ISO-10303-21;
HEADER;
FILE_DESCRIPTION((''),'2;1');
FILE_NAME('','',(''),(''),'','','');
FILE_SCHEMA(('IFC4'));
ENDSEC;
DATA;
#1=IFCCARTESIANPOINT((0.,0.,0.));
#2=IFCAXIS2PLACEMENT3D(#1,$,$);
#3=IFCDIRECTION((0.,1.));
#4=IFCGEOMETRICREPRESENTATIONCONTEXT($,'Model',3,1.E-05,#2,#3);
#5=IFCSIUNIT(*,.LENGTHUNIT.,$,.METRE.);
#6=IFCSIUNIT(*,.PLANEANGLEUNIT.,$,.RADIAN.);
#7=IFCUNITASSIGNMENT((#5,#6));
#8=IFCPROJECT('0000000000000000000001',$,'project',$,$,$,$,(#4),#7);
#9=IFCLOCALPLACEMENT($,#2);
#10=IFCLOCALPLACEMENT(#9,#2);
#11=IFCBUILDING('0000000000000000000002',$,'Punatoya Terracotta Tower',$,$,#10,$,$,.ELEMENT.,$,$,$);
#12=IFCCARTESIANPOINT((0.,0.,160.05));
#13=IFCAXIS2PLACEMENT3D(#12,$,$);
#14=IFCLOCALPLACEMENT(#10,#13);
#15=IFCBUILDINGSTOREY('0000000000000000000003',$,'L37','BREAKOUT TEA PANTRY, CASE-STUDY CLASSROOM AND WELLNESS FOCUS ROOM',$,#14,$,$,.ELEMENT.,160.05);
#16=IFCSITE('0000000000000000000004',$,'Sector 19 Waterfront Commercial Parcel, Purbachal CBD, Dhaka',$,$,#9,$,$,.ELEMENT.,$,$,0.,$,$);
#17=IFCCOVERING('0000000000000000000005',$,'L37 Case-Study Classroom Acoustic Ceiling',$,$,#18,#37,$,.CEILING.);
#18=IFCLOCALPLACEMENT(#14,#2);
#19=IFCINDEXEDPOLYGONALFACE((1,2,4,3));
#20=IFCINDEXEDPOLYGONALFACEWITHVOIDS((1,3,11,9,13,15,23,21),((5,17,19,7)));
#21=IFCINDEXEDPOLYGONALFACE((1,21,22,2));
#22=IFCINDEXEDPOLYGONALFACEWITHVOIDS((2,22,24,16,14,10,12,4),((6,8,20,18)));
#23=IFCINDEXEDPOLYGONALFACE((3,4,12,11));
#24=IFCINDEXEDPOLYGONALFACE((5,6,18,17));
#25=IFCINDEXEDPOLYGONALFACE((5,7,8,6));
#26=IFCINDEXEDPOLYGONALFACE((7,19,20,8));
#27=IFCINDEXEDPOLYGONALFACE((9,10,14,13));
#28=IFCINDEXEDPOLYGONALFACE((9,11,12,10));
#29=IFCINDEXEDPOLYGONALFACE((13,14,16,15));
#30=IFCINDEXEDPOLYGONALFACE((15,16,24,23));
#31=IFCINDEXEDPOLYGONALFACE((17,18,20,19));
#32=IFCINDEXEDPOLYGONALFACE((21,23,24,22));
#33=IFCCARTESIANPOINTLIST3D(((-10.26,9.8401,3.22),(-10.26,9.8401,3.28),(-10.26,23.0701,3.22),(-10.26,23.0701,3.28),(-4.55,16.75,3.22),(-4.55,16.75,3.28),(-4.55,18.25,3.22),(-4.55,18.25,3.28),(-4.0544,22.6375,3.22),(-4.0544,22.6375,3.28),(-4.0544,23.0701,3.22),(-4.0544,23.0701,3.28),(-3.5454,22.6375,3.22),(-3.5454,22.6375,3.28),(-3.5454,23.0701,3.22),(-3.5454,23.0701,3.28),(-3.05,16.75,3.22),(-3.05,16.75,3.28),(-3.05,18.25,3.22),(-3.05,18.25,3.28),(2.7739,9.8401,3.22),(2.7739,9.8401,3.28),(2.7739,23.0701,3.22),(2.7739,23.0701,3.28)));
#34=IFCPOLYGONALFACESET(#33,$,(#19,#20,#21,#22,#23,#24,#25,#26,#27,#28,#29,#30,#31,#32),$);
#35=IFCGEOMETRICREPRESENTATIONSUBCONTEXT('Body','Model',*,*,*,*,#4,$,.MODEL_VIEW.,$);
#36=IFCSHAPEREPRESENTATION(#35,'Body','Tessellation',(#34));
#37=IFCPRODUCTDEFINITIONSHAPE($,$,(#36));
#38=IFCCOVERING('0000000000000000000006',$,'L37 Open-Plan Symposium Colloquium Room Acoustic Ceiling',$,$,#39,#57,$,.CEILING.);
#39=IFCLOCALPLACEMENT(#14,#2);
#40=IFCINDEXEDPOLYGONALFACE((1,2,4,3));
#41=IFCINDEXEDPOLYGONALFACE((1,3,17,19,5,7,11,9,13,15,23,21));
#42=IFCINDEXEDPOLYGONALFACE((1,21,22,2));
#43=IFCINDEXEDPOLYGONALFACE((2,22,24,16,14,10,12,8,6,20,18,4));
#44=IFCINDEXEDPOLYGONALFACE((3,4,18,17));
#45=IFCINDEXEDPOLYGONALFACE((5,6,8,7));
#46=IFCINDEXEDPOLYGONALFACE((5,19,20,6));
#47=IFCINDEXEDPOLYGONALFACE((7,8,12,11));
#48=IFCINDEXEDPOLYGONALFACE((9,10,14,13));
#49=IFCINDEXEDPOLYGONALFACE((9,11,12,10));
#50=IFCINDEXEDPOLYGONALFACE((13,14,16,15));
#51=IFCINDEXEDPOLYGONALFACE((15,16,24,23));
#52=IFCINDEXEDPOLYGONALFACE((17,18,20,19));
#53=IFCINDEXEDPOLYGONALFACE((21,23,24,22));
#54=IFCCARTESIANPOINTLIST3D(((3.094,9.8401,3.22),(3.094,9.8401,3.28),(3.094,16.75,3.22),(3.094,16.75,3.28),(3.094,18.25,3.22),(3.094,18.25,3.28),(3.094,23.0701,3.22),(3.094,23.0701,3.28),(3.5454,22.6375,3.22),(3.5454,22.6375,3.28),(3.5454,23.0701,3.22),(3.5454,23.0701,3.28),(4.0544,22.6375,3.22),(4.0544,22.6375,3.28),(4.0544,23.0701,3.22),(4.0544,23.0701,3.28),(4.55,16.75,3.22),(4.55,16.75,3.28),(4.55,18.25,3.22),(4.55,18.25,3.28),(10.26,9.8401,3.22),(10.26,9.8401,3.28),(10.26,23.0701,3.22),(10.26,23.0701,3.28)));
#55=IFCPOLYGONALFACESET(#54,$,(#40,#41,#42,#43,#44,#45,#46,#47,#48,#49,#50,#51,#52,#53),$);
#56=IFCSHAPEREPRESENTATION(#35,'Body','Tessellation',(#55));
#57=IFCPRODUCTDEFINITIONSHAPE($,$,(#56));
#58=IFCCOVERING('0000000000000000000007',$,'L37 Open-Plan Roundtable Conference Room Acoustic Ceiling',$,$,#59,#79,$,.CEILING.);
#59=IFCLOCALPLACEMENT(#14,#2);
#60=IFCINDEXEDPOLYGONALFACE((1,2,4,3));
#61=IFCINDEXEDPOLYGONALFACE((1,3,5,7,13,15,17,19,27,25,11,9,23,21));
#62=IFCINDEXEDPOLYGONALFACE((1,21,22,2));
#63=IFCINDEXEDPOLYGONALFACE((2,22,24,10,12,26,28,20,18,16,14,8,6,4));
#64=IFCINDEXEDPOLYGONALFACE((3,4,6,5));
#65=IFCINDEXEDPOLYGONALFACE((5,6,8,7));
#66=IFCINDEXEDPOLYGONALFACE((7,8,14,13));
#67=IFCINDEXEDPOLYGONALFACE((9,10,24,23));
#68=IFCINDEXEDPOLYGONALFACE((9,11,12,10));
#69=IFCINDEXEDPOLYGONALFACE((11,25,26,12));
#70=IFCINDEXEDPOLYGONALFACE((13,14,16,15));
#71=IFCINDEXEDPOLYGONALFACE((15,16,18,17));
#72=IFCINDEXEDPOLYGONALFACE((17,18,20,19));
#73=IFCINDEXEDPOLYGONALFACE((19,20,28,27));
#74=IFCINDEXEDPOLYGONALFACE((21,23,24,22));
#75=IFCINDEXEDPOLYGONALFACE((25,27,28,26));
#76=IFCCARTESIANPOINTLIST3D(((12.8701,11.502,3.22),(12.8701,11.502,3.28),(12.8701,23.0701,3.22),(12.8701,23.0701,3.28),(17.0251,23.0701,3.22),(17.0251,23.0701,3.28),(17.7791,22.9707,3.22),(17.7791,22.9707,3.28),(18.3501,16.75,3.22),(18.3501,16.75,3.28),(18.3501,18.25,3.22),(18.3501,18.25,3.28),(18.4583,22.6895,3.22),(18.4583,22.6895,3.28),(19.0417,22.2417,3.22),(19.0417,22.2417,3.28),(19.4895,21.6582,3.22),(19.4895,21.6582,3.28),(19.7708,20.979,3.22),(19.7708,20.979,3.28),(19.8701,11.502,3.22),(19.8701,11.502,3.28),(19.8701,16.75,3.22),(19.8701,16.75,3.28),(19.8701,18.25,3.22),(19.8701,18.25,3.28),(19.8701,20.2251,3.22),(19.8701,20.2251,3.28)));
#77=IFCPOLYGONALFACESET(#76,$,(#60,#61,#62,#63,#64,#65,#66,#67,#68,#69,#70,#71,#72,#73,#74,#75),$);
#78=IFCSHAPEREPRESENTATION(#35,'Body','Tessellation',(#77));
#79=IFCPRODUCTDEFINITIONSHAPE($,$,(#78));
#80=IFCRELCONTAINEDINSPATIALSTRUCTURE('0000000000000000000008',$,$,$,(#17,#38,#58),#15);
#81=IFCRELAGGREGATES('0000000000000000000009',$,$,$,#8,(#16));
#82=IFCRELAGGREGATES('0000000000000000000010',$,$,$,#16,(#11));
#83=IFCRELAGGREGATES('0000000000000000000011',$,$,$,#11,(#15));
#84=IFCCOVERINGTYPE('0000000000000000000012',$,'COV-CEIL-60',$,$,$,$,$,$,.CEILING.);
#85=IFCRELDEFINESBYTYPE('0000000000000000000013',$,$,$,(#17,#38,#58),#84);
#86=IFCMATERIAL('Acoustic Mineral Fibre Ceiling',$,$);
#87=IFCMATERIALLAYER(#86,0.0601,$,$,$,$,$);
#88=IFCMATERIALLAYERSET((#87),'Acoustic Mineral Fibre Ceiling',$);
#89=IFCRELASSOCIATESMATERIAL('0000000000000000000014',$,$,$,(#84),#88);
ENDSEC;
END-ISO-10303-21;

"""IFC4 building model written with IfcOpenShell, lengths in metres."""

from ifc_helpers import new_model, si_unit, direction, frame, origin, place, context, subcontext, project, spatial, polyline, outline, extrude, material, layer, layer_set, type_object, element, save


model = new_model("IFC4")

# Units and contexts
model_context = context("Model", 3, precision=1e-05, world=origin(), true_north=direction((0.0, 1.0)))
body_context = subcontext(model_context, "Body", "Model", "MODEL_VIEW")
ifc_project = project(units=[si_unit("LENGTHUNIT", "METRE"), si_unit("PLANEANGLEUNIT", "RADIAN")], contexts=[model_context])

# Site, building, storey
site_placement = place(None, origin())
site = spatial("IfcSite", under=ifc_project, at=site_placement, Name="Sector 19 Waterfront Commercial Parcel, Purbachal CBD, Dhaka", CompositionType="ELEMENT", RefElevation=0.0)
building_placement = place(site_placement, origin())
building = spatial("IfcBuilding", under=site, at=building_placement, Name="Punatoya Terracotta Tower", CompositionType="ELEMENT")
storey_placement = place(building_placement, frame((0.0, 0.0, 160.05)))
storey = spatial("IfcBuildingStorey", under=building, at=storey_placement, Name="L37", Description="BREAKOUT TEA PANTRY, CASE-STUDY CLASSROOM AND WELLNESS FOCUS ROOM", CompositionType="ELEMENT", Elevation=160.05)

# Coverings
ifc_material_1 = material(Name="Acoustic Mineral Fibre Ceiling")
ifc_layer_1 = layer(ifc_material_1, 0.0601)
ifc_layer_set_1 = layer_set([ifc_layer_1], Name="Acoustic Mineral Fibre Ceiling")
covering_type = type_object("IfcCoveringType", Name="COV-CEIL-60", PredefinedType="CEILING", material=ifc_layer_set_1)
covering_1_placement = place(storey_placement, frame((0.0, 0.0, 3.22)))
element("IfcCovering", 1, at=covering_1_placement, inside=storey, type_object=covering_type, Name="L37 Case-Study Classroom Acoustic Ceiling", PredefinedType="CEILING", context=body_context, shape_type="SweptSolid", body=[
    extrude(outline(polyline([(-3.5454, 23.0701), (-3.5454, 22.6375), (-4.0544, 22.6375), (-4.0544, 23.0701), (-10.26, 23.0701), (-10.26, 9.8401), (2.7739, 9.8401), (2.7739, 23.0701), (-3.5454, 23.0701)]), holes=[polyline([(-4.55, 16.75), (-4.55, 18.25), (-3.05, 18.25), (-3.05, 16.75), (-4.55, 16.75)])]), origin(), (0.0, 0.0, 1.0), 0.0601),
])
covering_2_placement = place(storey_placement, frame((0.0, 0.0, 3.22)))
element("IfcCovering", 2, at=covering_2_placement, inside=storey, type_object=covering_type, Name="L37 Open-Plan Symposium Colloquium Room Acoustic Ceiling", PredefinedType="CEILING", context=body_context, shape_type="SweptSolid", body=[
    extrude(outline(polyline([(10.26, 9.8401), (10.26, 23.0701), (4.0544, 23.0701), (4.0544, 22.6375), (3.5454, 22.6375), (3.5454, 23.0701), (3.094, 23.0701), (3.094, 18.25), (4.55, 18.25), (4.55, 16.75), (3.094, 16.75), (3.094, 9.8401), (10.26, 9.8401)])), origin(), (0.0, 0.0, 1.0), 0.0601),
])
covering_3_placement = place(storey_placement, frame((0.0, 0.0, 3.22)))
element("IfcCovering", 3, at=covering_3_placement, inside=storey, type_object=covering_type, Name="L37 Open-Plan Roundtable Conference Room Acoustic Ceiling", PredefinedType="CEILING", context=body_context, shape_type="SweptSolid", body=[
    extrude(outline(polyline([(17.7791, 22.9707), (17.0251, 23.0701), (12.8701, 23.0701), (12.8701, 11.502), (19.8701, 11.502), (19.8701, 16.75), (18.3501, 16.75), (18.3501, 18.25), (19.8701, 18.25), (19.8701, 20.2251), (19.7708, 20.979), (19.4895, 21.6582), (19.0417, 22.2417), (18.4583, 22.6895), (17.7791, 22.9707)])), origin(), (0.0, 0.0, 1.0), 0.0601),
])

save(model, "model.ifc")
